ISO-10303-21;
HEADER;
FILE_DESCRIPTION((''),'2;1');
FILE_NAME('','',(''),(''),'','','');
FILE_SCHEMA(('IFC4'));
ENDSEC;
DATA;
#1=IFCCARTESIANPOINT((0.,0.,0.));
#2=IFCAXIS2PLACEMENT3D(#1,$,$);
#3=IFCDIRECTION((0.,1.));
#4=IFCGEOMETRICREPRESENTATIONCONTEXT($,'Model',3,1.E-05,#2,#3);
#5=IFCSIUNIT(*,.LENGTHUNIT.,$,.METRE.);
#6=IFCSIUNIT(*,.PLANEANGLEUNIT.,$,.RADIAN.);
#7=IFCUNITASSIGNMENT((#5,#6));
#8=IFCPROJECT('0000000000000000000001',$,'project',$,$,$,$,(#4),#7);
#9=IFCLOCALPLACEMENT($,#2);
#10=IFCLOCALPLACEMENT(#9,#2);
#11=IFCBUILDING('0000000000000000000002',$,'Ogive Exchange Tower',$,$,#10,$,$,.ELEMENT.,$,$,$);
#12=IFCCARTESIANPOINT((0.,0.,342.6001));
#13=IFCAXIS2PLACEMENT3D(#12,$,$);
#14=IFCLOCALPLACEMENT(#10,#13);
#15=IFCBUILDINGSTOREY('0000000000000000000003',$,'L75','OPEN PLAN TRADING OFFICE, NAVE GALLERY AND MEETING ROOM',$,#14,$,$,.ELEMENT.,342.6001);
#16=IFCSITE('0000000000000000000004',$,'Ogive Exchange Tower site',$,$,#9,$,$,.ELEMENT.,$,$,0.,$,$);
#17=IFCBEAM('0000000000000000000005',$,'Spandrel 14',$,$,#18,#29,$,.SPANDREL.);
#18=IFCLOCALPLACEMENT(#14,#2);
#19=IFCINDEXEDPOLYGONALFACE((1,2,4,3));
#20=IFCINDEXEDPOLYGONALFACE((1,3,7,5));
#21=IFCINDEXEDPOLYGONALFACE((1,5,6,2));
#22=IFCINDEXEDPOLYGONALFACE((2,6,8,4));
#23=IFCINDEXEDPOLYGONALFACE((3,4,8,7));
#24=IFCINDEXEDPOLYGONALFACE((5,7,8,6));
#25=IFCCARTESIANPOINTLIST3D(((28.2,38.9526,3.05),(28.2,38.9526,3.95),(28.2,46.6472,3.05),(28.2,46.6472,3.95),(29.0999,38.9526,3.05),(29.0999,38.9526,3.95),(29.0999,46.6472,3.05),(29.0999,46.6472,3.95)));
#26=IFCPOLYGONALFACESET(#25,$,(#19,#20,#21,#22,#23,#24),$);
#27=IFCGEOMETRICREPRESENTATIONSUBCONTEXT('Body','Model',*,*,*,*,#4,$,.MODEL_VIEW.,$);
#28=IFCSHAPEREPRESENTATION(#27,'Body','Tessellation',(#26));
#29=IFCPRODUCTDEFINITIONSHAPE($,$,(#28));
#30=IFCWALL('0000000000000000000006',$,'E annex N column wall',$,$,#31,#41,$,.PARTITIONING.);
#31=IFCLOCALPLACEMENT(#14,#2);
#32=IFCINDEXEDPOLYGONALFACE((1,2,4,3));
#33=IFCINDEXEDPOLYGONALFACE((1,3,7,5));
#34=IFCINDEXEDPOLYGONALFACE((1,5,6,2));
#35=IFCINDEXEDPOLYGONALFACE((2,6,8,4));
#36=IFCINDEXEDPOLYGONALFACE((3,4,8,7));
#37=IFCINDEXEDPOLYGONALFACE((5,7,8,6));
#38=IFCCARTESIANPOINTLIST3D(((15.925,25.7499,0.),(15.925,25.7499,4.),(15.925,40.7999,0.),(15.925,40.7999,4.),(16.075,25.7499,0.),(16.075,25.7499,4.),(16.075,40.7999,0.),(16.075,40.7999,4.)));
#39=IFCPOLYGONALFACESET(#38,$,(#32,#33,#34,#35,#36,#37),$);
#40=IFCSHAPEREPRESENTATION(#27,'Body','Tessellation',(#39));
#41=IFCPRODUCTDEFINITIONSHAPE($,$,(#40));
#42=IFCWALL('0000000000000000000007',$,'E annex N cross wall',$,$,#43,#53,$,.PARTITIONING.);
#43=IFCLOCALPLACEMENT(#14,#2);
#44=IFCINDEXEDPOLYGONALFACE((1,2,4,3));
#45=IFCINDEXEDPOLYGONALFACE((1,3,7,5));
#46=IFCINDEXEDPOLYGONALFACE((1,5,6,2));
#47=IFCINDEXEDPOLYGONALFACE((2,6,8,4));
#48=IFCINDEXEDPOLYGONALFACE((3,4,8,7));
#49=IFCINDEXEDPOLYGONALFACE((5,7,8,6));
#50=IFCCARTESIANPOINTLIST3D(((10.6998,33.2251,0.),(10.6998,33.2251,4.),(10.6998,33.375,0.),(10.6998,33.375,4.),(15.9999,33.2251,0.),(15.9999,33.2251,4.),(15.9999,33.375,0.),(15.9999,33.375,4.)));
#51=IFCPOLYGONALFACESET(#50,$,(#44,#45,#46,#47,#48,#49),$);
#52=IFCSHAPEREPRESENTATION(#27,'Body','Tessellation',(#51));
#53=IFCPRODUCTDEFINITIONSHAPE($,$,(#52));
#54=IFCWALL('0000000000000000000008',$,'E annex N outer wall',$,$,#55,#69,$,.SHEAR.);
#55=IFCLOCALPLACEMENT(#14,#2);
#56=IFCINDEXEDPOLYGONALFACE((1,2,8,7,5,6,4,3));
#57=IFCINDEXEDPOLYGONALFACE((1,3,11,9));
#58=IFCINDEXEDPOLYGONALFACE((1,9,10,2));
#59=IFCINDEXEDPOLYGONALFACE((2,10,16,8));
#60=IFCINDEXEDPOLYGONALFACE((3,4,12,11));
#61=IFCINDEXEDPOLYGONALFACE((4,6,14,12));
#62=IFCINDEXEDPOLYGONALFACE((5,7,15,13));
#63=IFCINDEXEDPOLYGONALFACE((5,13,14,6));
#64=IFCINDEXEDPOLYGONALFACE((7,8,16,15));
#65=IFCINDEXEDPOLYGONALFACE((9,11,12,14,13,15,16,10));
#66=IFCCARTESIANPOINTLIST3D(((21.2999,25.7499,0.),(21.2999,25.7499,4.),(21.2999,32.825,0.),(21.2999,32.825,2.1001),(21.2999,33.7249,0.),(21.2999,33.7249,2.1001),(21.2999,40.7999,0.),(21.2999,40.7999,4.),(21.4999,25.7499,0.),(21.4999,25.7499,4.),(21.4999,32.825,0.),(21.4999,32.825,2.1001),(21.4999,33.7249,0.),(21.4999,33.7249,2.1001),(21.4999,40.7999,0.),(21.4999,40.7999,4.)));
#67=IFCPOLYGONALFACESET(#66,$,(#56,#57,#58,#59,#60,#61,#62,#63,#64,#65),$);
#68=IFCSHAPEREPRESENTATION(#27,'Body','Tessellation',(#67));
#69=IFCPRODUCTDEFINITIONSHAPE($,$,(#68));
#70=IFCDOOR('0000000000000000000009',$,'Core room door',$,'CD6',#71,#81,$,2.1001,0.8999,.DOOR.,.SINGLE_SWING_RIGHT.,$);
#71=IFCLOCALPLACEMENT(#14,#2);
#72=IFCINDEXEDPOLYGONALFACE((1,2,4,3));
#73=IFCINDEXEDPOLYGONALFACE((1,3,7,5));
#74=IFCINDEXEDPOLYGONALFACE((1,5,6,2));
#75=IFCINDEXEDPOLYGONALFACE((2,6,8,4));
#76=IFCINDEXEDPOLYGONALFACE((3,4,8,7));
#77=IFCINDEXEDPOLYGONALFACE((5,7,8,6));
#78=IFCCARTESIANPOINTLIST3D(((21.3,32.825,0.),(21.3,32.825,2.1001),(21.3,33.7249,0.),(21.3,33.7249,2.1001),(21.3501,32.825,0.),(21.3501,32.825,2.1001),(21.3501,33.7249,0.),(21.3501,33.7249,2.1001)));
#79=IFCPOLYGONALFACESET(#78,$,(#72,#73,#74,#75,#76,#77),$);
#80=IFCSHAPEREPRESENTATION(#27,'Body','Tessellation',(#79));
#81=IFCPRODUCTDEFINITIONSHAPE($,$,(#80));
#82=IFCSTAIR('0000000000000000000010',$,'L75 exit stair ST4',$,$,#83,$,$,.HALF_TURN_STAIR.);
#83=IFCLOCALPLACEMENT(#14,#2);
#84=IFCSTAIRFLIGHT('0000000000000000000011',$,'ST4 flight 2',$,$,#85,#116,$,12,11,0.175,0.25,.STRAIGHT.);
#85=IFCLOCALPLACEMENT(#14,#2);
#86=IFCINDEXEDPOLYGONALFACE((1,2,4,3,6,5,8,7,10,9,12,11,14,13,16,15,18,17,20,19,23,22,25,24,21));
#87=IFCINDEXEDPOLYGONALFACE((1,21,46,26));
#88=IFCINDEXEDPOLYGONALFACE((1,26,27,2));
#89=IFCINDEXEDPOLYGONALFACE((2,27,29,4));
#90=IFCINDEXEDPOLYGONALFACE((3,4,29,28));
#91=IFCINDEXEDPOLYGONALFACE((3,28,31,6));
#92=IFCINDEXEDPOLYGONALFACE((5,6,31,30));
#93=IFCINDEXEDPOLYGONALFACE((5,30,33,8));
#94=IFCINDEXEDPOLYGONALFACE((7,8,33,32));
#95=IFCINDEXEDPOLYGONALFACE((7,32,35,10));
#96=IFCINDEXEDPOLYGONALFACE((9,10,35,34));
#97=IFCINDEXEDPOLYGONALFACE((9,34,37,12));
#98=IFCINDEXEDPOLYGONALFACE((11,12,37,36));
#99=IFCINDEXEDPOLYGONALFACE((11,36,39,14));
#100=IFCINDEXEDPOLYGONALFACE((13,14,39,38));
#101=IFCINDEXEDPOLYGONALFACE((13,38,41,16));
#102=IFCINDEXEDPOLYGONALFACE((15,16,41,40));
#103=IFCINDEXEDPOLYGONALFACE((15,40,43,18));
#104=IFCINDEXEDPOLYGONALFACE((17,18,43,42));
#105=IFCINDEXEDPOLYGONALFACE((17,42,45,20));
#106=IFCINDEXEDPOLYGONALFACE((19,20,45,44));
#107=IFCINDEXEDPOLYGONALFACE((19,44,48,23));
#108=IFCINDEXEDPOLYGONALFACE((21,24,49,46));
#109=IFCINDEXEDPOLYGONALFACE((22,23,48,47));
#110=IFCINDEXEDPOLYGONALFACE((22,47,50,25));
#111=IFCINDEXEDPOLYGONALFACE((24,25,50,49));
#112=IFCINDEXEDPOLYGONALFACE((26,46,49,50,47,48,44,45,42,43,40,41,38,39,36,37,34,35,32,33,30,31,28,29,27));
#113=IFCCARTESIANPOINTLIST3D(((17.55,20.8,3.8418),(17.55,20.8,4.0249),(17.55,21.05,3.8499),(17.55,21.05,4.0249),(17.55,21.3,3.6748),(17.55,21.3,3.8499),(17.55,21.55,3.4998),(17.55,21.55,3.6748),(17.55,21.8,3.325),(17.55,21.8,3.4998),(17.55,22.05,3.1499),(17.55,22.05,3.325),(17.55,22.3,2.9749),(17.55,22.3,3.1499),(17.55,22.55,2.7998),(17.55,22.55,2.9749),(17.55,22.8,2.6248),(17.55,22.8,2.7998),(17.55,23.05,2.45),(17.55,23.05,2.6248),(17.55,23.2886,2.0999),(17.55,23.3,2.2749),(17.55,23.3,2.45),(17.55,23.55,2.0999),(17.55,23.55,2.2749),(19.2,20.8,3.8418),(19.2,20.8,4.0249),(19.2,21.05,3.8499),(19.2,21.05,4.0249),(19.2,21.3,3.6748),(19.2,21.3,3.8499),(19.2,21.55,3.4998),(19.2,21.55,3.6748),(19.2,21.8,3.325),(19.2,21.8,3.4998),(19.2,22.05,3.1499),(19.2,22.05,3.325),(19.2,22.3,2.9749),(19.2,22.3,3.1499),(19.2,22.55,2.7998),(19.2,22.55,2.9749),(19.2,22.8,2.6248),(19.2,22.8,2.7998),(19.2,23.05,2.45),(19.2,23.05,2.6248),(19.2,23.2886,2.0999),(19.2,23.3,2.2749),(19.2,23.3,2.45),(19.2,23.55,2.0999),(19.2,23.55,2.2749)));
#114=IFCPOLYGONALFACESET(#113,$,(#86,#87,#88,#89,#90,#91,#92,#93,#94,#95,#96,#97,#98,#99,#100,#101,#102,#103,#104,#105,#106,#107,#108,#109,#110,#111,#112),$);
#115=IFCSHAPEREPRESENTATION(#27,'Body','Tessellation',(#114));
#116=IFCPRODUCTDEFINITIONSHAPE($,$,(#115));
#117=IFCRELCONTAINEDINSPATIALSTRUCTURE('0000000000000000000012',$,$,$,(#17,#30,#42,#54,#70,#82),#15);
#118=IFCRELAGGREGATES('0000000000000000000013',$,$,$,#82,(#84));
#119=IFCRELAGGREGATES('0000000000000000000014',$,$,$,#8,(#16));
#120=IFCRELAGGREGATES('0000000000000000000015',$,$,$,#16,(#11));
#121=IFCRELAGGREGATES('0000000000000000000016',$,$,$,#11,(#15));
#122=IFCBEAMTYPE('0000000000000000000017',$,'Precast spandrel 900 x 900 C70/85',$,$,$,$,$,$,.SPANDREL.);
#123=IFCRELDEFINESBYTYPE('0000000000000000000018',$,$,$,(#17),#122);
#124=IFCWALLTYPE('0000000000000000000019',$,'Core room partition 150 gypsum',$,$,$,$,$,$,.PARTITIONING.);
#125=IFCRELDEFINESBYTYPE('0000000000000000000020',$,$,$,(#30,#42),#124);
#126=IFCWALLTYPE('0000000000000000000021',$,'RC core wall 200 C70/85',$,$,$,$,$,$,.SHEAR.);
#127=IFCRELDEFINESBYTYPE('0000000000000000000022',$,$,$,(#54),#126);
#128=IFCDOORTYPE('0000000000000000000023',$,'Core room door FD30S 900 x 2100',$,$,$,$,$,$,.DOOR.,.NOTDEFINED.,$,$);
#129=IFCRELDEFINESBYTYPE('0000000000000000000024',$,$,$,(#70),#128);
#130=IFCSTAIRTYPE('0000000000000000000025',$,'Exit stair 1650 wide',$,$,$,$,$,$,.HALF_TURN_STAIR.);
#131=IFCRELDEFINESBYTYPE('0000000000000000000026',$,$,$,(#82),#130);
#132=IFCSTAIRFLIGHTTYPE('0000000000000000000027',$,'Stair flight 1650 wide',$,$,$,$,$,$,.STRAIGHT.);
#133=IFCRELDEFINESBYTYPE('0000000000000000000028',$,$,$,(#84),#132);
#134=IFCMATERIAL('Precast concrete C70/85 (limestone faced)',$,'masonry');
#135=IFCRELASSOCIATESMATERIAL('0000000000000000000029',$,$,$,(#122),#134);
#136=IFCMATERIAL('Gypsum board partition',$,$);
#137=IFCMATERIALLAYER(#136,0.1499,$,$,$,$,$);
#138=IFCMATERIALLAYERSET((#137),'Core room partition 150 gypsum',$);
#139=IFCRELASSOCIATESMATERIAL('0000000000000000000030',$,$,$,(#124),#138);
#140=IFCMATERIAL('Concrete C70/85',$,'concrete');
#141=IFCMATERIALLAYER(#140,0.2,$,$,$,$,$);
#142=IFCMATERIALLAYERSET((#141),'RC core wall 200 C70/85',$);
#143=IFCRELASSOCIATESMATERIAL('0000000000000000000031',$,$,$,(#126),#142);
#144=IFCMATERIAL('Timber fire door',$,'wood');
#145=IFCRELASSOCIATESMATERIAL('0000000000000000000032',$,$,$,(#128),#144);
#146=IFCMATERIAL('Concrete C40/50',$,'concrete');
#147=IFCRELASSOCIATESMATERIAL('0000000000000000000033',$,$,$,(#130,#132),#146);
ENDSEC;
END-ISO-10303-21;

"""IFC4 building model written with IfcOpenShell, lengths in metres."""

from ifc_helpers import new_model, si_unit, direction, frame, frame_2d, origin, origin_2d, place, context, subcontext, project, spatial, polyline, rectangle, outline, extrude, material, layer, layer_set, material_profile, profile_set, type_object, element, fill, aggregate, save


model = new_model("IFC4")

# Units and contexts
model_context = context("Model", 3, precision=1e-05, world=origin(), true_north=direction((0.0, 1.0)))
body_context = subcontext(model_context, "Body", "Model", "MODEL_VIEW")
ifc_project = project(units=[si_unit("LENGTHUNIT", "METRE"), si_unit("PLANEANGLEUNIT", "RADIAN")], contexts=[model_context])

# Site, building, storey
site_placement = place(None, origin())
site = spatial("IfcSite", under=ifc_project, at=site_placement, Name="Ogive Exchange Tower site", CompositionType="ELEMENT", RefElevation=0.0)
building_placement = place(site_placement, origin())
building = spatial("IfcBuilding", under=site, at=building_placement, Name="Ogive Exchange Tower", CompositionType="ELEMENT")
storey_placement = place(building_placement, frame((0.0, 0.0, 342.6001)))
storey = spatial("IfcBuildingStorey", under=building, at=storey_placement, Name="L75", Description="OPEN PLAN TRADING OFFICE, NAVE GALLERY AND MEETING ROOM", CompositionType="ELEMENT", Elevation=342.6001)

# Shared definitions
ifc_material_1 = material(Name="Precast concrete C70/85 (limestone faced)", Category="masonry")

# Beam
ifc_material_profile_1 = material_profile(ifc_material_1, rectangle(XDim=0.8999, YDim=0.8999, at=origin_2d()), Name="900 x 900")
ifc_profile_set_1 = profile_set([ifc_material_profile_1], Name="Precast concrete C70/85 (limestone faced)")
beam_type_1 = type_object("IfcBeamType", Name="Precast spandrel 900 x 900 C70/85", PredefinedType="SPANDREL", material=ifc_profile_set_1)
for number, where, z_axis, x_axis, name in (
    (1, (28.6499, 38.9526, 3.5), (0.0, 1.0, 0.0), (-1.0, 0.0, 0.0), "Spandrel 14"),
):
    element("IfcBeam", number, at=place(storey_placement, frame(where, z_axis=z_axis, x_axis=x_axis)), inside=storey, type_object=beam_type_1, Name=name, PredefinedType="SPANDREL", context=body_context, shape_type="SweptSolid", body=[
        extrude(rectangle(XDim=0.8999, YDim=0.8999, at=origin_2d()), origin(), (0.0, 0.0, 1.0), 7.6946),
    ])

# Walls
ifc_material_2 = material(Name="Gypsum board partition")
ifc_layer_1 = layer(ifc_material_2, 0.1499)
ifc_layer_set_1 = layer_set([ifc_layer_1], Name="Core room partition 150 gypsum")
wall_type_1 = type_object("IfcWallType", Name="Core room partition 150 gypsum", PredefinedType="PARTITIONING", material=ifc_layer_set_1)
wall_1_placement = place(storey_placement, frame((16.0, 25.75, 0.0), z_axis=(0.0, 0.0, 1.0), x_axis=(0.0, 1.0, 0.0)))
element("IfcWall", 2, at=wall_1_placement, inside=storey, type_object=wall_type_1, Name="E annex N column wall", PredefinedType="PARTITIONING", context=body_context, shape_type="SweptSolid", body=[
    extrude(rectangle(XDim=15.05, YDim=0.1499, at=frame_2d((7.5249, 0.0))), origin(), (0.0, 0.0, 1.0), 4.0),
])
wall_2_placement = place(storey_placement, frame((10.7, 33.3, 0.0), z_axis=(0.0, 0.0, 1.0), x_axis=(1.0, 0.0, 0.0)))
element("IfcWall", 3, at=wall_2_placement, inside=storey, type_object=wall_type_1, Name="E annex N cross wall", PredefinedType="PARTITIONING", context=body_context, shape_type="SweptSolid", body=[
    extrude(rectangle(XDim=5.3, YDim=0.1499, at=frame_2d((2.6499, 0.0))), origin(), (0.0, 0.0, 1.0), 4.0),
])

# Wall, opening, door
ifc_material_3 = material(Name="Concrete C70/85", Category="concrete")
ifc_layer_2 = layer(ifc_material_3, 0.2)
ifc_layer_set_2 = layer_set([ifc_layer_2], Name="RC core wall 200 C70/85")
wall_type_2 = type_object("IfcWallType", Name="RC core wall 200 C70/85", PredefinedType="SHEAR", material=ifc_layer_set_2)
wall_3_placement = place(storey_placement, frame((21.3999, 25.75, 0.0), z_axis=(0.0, 0.0, 1.0), x_axis=(0.0, 1.0, 0.0)))
wall_3 = element("IfcWall", 4, at=wall_3_placement, inside=storey, type_object=wall_type_2, Name="E annex N outer wall", PredefinedType="SHEAR", context=body_context, shape_type="SweptSolid", body=[
    extrude(rectangle(XDim=15.05, YDim=0.2, at=frame_2d((7.5249, 0.0))), origin(), (0.0, 0.0, 1.0), 4.0),
])
opening_placement = place(wall_3_placement, frame((7.075, 0.0, 0.0)))
opening = element("IfcOpeningElement", 5, at=opening_placement, cuts=wall_3, PredefinedType="OPENING", context=body_context, shape_type="SweptSolid", body=[
    extrude(rectangle(XDim=0.8999, YDim=2.1001, at=frame_2d((0.45, 1.05))), frame((0.0, 0.1099, 0.0), z_axis=(0.0, -1.0, 0.0), x_axis=(1.0, 0.0, 0.0)), (0.0, 0.0, 1.0), 0.22),
])
ifc_material_4 = material(Name="Timber fire door", Category="wood")
door_type = type_object("IfcDoorType", Name="Core room door FD30S 900 x 2100", OperationType="NOTDEFINED", PredefinedType="DOOR", material=ifc_material_4)
door_placement = place(opening_placement, frame((0.8999, 0.1499, 0.0), z_axis=(0.0, 0.0, 1.0), x_axis=(-1.0, 0.0, 0.0)))
door = element("IfcDoor", 6, at=door_placement, inside=storey, type_object=door_type, Name="Core room door", ObjectType="CD6", OperationType="SINGLE_SWING_RIGHT", OverallHeight=2.1001, OverallWidth=0.8999, PredefinedType="DOOR", context=body_context, shape_type="SweptSolid", body=[
    extrude(rectangle(XDim=0.8999, YDim=2.1001, at=frame_2d((0.45, 1.05))), frame((0.0, 0.1001, 0.0), z_axis=(0.0, -1.0, 0.0), x_axis=(1.0, 0.0, 0.0)), (0.0, 0.0, 1.0), 0.05),
])
fill(opening, door)

# Stair, stair flight
ifc_material_5 = material(Name="Concrete C40/50", Category="concrete")
stair_type = type_object("IfcStairType", Name="Exit stair 1650 wide", PredefinedType="HALF_TURN_STAIR", material=ifc_material_5)
stair_placement = place(storey_placement, origin())
stair = element("IfcStair", 7, at=stair_placement, inside=storey, type_object=stair_type, Name="L75 exit stair ST4", PredefinedType="HALF_TURN_STAIR")
stair_flight_type = type_object("IfcStairFlightType", Name="Stair flight 1650 wide", PredefinedType="STRAIGHT", material=ifc_material_5)
stair_flight_placement = place(storey_placement, frame((18.375, 23.55, 2.0999), z_axis=(0.0, 0.0, 1.0), x_axis=(0.0, -1.0, 0.0)))
stair_flight = element("IfcStairFlight", 8, at=stair_flight_placement, type_object=stair_flight_type, Name="ST4 flight 2", NumberOfRisers=12, NumberOfTreads=11, PredefinedType="STRAIGHT", RiserHeight=0.175, TreadLength=0.25, context=body_context, shape_type="SweptSolid", body=[
    extrude(outline(polyline([(0.0, 0.0), (0.0, 0.175), (0.25, 0.175), (0.25, 0.3501), (0.5, 0.3501), (0.5, 0.5249), (0.75, 0.5249), (0.75, 0.7), (1.0, 0.7), (1.0, 0.875), (1.25, 0.875), (1.25, 1.05), (1.5, 1.05), (1.5, 1.2251), (1.75, 1.2251), (1.75, 1.3999), (2.0, 1.3999), (2.0, 1.575), (2.25, 1.575), (2.25, 1.75), (2.5, 1.75), (2.5, 1.925), (2.75, 1.925), (2.75, 2.1001), (2.75, 1.7419), (0.2615, 0.0), (0.0, 0.0)])), frame((0.0, 0.825, 0.0), z_axis=(0.0, -1.0, 0.0), x_axis=(1.0, 0.0, 0.0)), (0.0, 0.0, 1.0), 1.6499),
])
aggregate(stair, [stair_flight])

save(model, "model.ifc")
